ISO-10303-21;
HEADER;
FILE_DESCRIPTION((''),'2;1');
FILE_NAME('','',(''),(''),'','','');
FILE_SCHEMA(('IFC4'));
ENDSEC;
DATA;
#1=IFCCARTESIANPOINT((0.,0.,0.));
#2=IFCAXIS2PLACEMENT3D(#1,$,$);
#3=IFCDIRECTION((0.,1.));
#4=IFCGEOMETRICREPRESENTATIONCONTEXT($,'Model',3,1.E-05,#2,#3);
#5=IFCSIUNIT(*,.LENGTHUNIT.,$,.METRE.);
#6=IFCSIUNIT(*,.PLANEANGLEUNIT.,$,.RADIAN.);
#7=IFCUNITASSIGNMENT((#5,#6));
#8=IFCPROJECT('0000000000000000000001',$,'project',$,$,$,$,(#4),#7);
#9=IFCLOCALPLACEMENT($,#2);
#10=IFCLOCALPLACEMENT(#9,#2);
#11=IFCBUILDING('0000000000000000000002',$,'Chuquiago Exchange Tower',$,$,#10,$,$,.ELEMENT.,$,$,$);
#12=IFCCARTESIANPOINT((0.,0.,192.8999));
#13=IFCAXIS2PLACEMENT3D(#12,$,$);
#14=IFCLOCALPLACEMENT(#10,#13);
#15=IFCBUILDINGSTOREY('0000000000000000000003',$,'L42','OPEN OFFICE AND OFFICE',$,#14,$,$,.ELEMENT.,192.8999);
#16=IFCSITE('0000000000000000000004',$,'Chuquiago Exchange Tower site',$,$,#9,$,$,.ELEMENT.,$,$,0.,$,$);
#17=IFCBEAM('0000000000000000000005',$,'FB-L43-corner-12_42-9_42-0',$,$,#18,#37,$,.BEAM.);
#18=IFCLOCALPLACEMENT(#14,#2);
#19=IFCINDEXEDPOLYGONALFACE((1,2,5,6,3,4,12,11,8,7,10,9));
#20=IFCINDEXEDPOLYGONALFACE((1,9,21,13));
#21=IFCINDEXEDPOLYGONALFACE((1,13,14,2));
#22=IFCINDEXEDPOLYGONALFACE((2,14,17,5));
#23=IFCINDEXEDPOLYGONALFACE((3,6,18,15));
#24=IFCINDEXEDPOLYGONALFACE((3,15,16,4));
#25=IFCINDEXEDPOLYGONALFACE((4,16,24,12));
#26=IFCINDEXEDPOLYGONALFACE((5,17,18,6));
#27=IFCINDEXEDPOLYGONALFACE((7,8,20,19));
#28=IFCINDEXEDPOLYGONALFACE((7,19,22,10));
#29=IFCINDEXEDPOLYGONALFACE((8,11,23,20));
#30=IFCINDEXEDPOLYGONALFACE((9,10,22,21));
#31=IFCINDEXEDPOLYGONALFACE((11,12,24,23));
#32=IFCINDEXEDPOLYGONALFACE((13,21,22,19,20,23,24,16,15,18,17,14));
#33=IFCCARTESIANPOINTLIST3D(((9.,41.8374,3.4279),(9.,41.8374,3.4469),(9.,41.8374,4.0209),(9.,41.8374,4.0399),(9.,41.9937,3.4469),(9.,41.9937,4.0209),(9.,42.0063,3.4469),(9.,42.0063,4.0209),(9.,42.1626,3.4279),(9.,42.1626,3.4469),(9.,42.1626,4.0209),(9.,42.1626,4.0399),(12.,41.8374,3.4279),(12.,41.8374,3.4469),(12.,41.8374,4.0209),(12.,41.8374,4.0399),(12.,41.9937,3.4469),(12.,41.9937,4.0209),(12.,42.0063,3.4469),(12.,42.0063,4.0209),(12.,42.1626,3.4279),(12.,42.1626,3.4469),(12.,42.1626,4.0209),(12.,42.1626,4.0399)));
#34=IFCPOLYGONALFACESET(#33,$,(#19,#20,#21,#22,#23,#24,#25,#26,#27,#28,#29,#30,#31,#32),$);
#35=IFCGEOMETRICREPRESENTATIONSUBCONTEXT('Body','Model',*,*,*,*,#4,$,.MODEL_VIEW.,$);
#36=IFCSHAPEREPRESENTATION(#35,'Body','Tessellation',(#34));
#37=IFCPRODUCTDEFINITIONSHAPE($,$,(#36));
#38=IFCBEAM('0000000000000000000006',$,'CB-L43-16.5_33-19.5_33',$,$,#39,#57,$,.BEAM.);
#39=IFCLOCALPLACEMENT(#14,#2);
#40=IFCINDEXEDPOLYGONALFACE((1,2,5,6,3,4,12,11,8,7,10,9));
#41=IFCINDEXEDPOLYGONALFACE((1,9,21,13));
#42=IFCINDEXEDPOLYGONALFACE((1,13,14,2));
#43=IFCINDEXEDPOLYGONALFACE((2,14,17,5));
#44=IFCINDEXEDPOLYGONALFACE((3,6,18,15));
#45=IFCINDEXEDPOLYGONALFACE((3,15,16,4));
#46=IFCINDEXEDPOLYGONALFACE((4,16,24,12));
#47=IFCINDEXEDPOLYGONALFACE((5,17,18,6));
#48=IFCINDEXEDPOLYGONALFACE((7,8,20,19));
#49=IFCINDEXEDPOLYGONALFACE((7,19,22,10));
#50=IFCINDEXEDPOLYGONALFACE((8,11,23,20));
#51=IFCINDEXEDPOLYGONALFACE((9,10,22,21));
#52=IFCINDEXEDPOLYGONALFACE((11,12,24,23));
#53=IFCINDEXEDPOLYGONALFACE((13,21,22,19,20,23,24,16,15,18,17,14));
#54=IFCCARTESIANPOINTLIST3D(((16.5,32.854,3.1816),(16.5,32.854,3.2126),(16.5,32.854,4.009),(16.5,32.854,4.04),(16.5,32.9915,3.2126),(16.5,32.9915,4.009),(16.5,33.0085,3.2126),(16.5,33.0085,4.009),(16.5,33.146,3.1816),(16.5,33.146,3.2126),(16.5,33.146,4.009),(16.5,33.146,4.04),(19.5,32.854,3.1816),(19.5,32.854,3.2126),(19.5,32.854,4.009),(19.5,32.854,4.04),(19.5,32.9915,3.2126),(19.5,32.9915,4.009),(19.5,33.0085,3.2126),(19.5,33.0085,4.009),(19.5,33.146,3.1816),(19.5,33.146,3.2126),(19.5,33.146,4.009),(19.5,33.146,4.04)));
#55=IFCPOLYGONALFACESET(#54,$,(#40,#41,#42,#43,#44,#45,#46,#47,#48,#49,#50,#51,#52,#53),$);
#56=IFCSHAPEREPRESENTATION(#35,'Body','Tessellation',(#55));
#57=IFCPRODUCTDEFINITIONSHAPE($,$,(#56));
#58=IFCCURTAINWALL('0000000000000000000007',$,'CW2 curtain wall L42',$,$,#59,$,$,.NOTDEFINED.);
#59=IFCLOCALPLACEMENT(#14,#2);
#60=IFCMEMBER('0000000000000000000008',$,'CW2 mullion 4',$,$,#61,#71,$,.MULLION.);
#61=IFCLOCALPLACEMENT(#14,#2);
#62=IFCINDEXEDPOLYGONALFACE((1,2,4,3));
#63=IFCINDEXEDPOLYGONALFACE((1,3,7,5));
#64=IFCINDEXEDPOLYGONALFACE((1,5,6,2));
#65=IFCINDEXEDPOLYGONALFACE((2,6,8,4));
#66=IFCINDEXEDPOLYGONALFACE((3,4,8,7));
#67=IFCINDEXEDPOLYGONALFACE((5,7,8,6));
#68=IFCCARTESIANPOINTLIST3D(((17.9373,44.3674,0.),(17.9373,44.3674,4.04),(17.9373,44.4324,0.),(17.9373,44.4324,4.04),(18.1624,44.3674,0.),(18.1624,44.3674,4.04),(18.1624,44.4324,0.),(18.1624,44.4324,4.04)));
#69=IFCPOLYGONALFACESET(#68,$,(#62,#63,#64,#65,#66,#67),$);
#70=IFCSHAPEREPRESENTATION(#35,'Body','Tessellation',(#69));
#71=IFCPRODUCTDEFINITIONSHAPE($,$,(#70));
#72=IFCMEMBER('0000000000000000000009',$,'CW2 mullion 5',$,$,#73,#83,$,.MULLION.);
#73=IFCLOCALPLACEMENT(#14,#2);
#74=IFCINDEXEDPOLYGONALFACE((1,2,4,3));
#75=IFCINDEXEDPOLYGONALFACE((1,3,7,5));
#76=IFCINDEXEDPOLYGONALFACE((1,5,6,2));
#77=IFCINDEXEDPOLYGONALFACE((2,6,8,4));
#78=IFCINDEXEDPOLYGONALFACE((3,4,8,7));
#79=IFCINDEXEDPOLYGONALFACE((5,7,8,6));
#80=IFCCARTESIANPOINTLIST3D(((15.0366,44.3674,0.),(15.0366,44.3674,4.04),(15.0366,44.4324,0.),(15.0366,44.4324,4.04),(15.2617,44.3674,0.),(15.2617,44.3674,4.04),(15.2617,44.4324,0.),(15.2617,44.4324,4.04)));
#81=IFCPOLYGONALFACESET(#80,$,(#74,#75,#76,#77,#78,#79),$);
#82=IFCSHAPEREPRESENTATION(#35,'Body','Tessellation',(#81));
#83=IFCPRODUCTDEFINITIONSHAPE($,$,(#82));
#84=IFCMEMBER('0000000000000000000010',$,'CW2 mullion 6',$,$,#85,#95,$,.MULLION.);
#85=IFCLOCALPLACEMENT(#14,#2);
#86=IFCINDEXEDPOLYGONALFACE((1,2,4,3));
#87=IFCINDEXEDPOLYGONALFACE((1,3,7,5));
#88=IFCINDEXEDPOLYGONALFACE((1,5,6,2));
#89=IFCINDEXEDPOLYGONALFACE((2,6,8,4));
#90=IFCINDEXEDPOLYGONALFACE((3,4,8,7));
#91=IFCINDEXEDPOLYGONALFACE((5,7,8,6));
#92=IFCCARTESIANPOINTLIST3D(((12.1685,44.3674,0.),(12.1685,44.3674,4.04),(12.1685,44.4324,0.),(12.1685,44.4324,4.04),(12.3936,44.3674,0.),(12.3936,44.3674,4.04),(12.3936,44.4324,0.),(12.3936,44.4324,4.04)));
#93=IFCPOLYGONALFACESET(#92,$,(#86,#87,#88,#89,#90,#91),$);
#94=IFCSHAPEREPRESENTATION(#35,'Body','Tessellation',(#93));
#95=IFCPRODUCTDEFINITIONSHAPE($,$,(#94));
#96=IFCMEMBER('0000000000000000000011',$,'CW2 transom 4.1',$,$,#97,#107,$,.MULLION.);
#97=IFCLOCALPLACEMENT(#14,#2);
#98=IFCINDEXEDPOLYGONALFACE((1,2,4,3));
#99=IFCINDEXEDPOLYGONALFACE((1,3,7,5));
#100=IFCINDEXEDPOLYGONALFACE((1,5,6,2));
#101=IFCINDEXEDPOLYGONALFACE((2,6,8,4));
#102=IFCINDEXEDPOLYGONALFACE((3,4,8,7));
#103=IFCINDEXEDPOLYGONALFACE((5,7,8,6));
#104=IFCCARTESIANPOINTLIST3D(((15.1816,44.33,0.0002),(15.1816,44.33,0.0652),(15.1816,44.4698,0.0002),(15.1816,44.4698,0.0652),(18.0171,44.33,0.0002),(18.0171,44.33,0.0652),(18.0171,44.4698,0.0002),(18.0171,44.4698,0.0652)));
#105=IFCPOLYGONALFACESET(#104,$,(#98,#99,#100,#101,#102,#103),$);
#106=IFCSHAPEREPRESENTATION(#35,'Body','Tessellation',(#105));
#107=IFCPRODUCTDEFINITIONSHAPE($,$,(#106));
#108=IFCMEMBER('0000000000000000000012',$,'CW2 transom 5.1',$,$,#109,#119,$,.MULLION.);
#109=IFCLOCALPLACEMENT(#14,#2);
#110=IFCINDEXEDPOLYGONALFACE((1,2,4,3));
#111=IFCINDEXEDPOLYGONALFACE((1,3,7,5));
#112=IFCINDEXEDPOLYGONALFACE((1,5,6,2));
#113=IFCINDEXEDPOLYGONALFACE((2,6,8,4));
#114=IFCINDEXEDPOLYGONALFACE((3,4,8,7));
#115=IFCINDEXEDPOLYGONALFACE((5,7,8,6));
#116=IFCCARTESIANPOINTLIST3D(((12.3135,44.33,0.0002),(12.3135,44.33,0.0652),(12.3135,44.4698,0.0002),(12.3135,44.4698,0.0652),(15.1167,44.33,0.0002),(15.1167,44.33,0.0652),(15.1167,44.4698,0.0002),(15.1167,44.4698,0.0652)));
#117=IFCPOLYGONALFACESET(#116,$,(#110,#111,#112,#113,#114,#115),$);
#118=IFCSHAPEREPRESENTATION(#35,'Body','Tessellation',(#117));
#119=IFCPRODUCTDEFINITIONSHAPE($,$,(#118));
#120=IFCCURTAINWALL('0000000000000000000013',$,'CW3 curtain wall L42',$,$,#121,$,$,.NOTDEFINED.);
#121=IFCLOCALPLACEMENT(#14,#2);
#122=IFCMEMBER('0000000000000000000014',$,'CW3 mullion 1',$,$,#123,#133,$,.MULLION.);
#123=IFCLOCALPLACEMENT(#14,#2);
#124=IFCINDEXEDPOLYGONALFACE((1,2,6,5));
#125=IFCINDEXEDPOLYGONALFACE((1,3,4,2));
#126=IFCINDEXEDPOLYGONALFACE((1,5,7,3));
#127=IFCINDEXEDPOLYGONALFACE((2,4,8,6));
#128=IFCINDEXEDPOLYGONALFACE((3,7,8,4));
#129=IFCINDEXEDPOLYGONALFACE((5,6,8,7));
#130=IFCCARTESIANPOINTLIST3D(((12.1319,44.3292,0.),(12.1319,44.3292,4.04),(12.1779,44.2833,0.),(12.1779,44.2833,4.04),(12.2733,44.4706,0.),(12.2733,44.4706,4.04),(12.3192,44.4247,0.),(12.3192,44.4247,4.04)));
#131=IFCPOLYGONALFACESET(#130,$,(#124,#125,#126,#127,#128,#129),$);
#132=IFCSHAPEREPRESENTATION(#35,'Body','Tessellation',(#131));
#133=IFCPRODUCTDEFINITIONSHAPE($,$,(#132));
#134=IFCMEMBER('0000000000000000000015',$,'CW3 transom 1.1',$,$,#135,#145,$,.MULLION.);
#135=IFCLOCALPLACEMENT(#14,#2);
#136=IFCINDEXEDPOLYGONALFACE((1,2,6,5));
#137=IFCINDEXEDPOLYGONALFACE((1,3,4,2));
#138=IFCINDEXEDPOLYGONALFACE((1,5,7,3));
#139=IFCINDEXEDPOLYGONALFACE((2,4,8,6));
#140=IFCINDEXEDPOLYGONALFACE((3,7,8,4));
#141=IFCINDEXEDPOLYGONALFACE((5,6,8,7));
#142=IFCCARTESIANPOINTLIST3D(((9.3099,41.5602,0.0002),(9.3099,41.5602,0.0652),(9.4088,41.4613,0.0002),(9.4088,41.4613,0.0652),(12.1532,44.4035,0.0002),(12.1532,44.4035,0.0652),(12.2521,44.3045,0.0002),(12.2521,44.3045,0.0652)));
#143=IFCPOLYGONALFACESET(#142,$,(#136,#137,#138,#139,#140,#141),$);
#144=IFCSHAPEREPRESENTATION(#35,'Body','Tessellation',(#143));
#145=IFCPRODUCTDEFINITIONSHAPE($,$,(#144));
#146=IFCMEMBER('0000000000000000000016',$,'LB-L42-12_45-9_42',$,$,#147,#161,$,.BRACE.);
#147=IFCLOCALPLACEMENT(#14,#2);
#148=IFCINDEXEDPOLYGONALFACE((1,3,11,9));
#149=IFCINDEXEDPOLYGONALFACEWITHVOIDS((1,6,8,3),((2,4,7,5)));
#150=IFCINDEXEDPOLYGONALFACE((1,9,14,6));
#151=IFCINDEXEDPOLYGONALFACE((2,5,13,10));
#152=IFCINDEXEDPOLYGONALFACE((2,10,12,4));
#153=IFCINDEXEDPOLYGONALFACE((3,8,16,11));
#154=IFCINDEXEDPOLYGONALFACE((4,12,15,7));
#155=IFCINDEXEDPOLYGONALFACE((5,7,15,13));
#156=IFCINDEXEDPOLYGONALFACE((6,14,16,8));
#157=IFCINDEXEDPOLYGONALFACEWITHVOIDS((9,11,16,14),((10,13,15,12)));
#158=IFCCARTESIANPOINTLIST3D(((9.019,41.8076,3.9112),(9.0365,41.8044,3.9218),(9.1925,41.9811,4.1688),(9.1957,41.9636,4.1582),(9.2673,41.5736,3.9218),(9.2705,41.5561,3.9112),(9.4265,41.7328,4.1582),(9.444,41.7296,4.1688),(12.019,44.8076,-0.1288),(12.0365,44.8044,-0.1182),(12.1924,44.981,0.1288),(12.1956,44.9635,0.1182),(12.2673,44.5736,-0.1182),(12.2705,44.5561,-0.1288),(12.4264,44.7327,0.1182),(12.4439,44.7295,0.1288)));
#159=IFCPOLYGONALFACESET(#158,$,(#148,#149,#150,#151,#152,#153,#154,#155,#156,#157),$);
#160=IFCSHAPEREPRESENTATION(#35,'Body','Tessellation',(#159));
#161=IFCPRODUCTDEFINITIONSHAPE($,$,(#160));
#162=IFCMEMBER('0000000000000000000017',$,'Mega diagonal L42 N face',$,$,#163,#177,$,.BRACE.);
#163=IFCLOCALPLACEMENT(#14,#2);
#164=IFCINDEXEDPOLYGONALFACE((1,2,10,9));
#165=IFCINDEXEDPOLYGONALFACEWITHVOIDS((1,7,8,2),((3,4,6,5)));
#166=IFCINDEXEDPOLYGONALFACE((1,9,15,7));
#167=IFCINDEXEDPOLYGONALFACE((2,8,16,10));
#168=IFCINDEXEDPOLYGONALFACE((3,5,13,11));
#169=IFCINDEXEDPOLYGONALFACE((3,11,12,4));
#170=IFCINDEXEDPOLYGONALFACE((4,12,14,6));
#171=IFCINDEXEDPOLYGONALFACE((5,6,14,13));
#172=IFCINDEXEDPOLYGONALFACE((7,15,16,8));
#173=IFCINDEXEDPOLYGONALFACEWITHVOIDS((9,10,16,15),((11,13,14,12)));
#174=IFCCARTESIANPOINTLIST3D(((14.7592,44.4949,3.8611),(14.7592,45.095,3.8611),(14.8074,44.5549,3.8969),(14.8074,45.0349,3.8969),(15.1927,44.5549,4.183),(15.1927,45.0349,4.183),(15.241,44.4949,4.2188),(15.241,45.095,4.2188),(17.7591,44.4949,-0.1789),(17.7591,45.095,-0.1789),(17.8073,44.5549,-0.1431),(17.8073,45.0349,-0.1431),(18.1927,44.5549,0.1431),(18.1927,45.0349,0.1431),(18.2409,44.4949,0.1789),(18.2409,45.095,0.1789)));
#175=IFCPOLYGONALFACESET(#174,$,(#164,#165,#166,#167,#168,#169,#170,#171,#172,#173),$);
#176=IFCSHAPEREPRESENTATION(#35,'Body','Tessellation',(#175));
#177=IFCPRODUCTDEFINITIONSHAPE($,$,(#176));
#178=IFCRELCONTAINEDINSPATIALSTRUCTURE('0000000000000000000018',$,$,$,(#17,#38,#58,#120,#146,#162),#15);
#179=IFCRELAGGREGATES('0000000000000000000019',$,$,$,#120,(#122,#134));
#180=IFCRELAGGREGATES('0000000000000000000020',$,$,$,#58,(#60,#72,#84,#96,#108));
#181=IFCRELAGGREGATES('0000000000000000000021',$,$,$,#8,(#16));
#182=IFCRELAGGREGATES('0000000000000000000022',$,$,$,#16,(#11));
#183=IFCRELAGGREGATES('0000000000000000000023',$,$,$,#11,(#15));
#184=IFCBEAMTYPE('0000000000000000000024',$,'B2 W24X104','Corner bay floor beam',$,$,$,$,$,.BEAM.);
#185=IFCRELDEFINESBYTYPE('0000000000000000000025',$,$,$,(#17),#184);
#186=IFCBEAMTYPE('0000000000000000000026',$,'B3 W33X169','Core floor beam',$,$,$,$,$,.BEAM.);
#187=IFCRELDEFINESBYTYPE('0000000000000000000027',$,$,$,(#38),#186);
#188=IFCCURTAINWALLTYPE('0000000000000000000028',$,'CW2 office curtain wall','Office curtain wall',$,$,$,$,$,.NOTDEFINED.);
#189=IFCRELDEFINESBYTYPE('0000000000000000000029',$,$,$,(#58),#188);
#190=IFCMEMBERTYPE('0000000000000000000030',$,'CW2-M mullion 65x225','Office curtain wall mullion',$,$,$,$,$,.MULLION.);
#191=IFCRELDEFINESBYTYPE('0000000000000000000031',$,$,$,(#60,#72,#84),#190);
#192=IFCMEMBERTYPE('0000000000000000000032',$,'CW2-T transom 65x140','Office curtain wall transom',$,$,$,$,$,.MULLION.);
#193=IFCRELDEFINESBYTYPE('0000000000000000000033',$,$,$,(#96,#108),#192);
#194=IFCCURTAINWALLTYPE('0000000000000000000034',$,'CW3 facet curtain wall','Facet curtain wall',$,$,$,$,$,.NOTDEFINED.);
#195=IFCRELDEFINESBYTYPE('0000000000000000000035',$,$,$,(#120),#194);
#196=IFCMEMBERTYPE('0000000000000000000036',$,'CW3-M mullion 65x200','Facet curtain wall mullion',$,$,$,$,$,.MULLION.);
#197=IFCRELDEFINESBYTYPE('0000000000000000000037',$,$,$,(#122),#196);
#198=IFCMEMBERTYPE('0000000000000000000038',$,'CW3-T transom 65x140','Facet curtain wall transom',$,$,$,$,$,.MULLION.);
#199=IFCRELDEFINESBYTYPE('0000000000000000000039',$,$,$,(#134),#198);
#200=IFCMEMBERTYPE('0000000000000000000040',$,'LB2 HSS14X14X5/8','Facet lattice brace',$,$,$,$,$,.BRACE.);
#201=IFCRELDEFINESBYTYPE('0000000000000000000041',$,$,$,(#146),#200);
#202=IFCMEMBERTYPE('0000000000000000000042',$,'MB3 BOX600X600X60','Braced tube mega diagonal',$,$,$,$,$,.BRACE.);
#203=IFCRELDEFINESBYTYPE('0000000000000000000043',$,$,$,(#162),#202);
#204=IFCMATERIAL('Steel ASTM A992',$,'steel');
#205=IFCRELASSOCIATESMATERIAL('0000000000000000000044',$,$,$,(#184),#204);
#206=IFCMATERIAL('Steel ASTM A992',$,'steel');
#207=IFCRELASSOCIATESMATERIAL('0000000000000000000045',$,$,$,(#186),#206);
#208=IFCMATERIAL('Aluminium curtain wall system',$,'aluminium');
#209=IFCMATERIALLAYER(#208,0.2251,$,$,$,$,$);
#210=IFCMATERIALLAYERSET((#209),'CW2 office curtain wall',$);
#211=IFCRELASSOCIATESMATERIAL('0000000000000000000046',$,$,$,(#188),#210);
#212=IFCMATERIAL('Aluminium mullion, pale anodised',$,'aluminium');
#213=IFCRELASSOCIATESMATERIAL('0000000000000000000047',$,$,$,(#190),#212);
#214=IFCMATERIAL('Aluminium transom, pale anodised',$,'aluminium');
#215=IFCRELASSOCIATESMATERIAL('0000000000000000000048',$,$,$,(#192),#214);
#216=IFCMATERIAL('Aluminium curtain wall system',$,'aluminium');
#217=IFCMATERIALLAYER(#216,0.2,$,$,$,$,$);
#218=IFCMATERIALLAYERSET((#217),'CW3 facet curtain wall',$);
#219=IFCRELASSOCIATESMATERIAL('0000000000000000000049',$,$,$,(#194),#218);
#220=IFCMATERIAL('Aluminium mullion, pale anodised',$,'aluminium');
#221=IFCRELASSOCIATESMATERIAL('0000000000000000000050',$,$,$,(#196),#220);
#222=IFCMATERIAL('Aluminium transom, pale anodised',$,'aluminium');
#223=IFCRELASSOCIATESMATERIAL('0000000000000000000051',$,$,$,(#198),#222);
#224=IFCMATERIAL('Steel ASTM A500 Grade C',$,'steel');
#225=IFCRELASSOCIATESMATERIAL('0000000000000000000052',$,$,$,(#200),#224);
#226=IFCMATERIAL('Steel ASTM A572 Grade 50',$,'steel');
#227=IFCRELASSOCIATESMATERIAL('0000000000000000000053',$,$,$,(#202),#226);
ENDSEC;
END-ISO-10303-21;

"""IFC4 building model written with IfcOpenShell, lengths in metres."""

from ifc_helpers import new_model, si_unit, direction, frame, origin, origin_2d, place, context, subcontext, project, spatial, rectangle, hollow_rectangle, i_section, extrude, material, layer, layer_set, material_profile, profile_set, type_object, element, aggregate, save


model = new_model("IFC4")

# Units and contexts
model_context = context("Model", 3, precision=1e-05, world=origin(), true_north=direction((0.0, 1.0)))
body_context = subcontext(model_context, "Body", "Model", "MODEL_VIEW")
ifc_project = project(units=[si_unit("LENGTHUNIT", "METRE"), si_unit("PLANEANGLEUNIT", "RADIAN")], contexts=[model_context])

# Site, building, storey
site_placement = place(None, origin())
site = spatial("IfcSite", under=ifc_project, at=site_placement, Name="Chuquiago Exchange Tower site", CompositionType="ELEMENT", RefElevation=0.0)
building_placement = place(site_placement, origin())
building = spatial("IfcBuilding", under=site, at=building_placement, Name="Chuquiago Exchange Tower", CompositionType="ELEMENT")
storey_placement = place(building_placement, frame((0.0, 0.0, 192.8999)))
storey = spatial("IfcBuildingStorey", under=building, at=storey_placement, Name="L42", Description="OPEN OFFICE AND OFFICE", CompositionType="ELEMENT", Elevation=192.8999)

# Beams
ifc_material_1 = material(Name="Steel ASTM A992", Category="steel")
ifc_material_profile_1 = material_profile(ifc_material_1, i_section(OverallWidth=0.3252, OverallDepth=0.6121, WebThickness=0.0127, FlangeThickness=0.019, at=origin_2d()), Name="W24X104")
ifc_profile_set_1 = profile_set([ifc_material_profile_1], Name="Steel ASTM A992")
beam_type_1 = type_object("IfcBeamType", Name="B2 W24X104", Description="Corner bay floor beam", PredefinedType="BEAM", material=ifc_profile_set_1)
beam_1_placement = place(storey_placement, frame((12.0, 42.0, 3.7339), z_axis=(-1.0, 0.0, 0.0), x_axis=(0.0, -1.0, 0.0)))
element("IfcBeam", 1, at=beam_1_placement, inside=storey, type_object=beam_type_1, Name="FB-L43-corner-12_42-9_42-0", PredefinedType="BEAM", context=body_context, shape_type="SweptSolid", body=[
    extrude(i_section(OverallWidth=0.3252, OverallDepth=0.6121, WebThickness=0.0127, FlangeThickness=0.019, at=origin_2d()), origin(), (0.0, 0.0, 1.0), 3.0),
])
ifc_material_2 = material(Name="Steel ASTM A992", Category="steel")
ifc_material_profile_2 = material_profile(ifc_material_2, i_section(OverallWidth=0.292, OverallDepth=0.8584, WebThickness=0.0171, FlangeThickness=0.031, at=origin_2d()), Name="W33X169")
ifc_profile_set_2 = profile_set([ifc_material_profile_2], Name="Steel ASTM A992")
beam_type_2 = type_object("IfcBeamType", Name="B3 W33X169", Description="Core floor beam", PredefinedType="BEAM", material=ifc_profile_set_2)
beam_2_placement = place(storey_placement, frame((16.5, 33.0, 3.6108), z_axis=(1.0, 0.0, 0.0), x_axis=(0.0, 1.0, 0.0)))
element("IfcBeam", 2, at=beam_2_placement, inside=storey, type_object=beam_type_2, Name="CB-L43-16.5_33-19.5_33", PredefinedType="BEAM", context=body_context, shape_type="SweptSolid", body=[
    extrude(i_section(OverallWidth=0.292, OverallDepth=0.8584, WebThickness=0.0171, FlangeThickness=0.031, at=origin_2d()), origin(), (0.0, 0.0, 1.0), 3.0),
])

# Curtain walls, members
ifc_material_3 = material(Name="Aluminium curtain wall system", Category="aluminium")
ifc_layer_1 = layer(ifc_material_3, 0.2251)
ifc_layer_set_1 = layer_set([ifc_layer_1], Name="CW2 office curtain wall")
curtain_wall_type_1 = type_object("IfcCurtainWallType", Name="CW2 office curtain wall", Description="Office curtain wall", PredefinedType="NOTDEFINED", material=ifc_layer_set_1)
curtain_wall_1_placement = place(storey_placement, origin())
curtain_wall_1 = element("IfcCurtainWall", 3, at=curtain_wall_1_placement, inside=storey, type_object=curtain_wall_type_1, Name="CW2 curtain wall L42", PredefinedType="NOTDEFINED")
ifc_material_4 = material(Name="Aluminium mullion, pale anodised", Category="aluminium")
ifc_material_profile_3 = material_profile(ifc_material_4, rectangle(XDim=0.0649, YDim=0.2251, at=origin_2d()), Name="AL 65x225")
ifc_profile_set_3 = profile_set([ifc_material_profile_3], Name="Aluminium mullion, pale anodised")
member_type_1 = type_object("IfcMemberType", Name="CW2-M mullion 65x225", Description="Office curtain wall mullion", PredefinedType="MULLION", material=ifc_profile_set_3)
member_1_placement = place(storey_placement, frame((18.0498, 44.3999, 0.0), z_axis=(0.0, 0.0, 1.0), x_axis=(0.0, -1.0, 0.0)))
member_1 = element("IfcMember", 4, at=member_1_placement, type_object=member_type_1, Name="CW2 mullion 4", PredefinedType="MULLION", context=body_context, shape_type="SweptSolid", body=[
    extrude(rectangle(XDim=0.0649, YDim=0.2251, at=origin_2d()), origin(), (0.0, 0.0, 1.0), 4.04),
])
member_2_placement = place(storey_placement, frame((15.1492, 44.3999, 0.0), z_axis=(0.0, 0.0, 1.0), x_axis=(0.0, -1.0, 0.0)))
member_2 = element("IfcMember", 5, at=member_2_placement, type_object=member_type_1, Name="CW2 mullion 5", PredefinedType="MULLION", context=body_context, shape_type="SweptSolid", body=[
    extrude(rectangle(XDim=0.0649, YDim=0.2251, at=origin_2d()), origin(), (0.0, 0.0, 1.0), 4.04),
])
member_3_placement = place(storey_placement, frame((12.281, 44.3999, 0.0), z_axis=(0.0, 0.0, 1.0), x_axis=(0.0, -1.0, 0.0)))
member_3 = element("IfcMember", 6, at=member_3_placement, type_object=member_type_1, Name="CW2 mullion 6", PredefinedType="MULLION", context=body_context, shape_type="SweptSolid", body=[
    extrude(rectangle(XDim=0.0649, YDim=0.2251, at=origin_2d()), origin(), (0.0, 0.0, 1.0), 4.04),
])
ifc_material_5 = material(Name="Aluminium transom, pale anodised", Category="aluminium")
ifc_material_profile_4 = material_profile(ifc_material_5, rectangle(XDim=0.1399, YDim=0.0649, at=origin_2d()), Name="AL 140x65")
ifc_profile_set_4 = profile_set([ifc_material_profile_4], Name="Aluminium transom, pale anodised")
member_type_2 = type_object("IfcMemberType", Name="CW2-T transom 65x140", Description="Office curtain wall transom", PredefinedType="MULLION", material=ifc_profile_set_4)
member_4_placement = place(storey_placement, frame((18.0171, 44.3999, 0.0327), z_axis=(-1.0, 0.0, 0.0), x_axis=(0.0, -1.0, 0.0)))
member_4 = element("IfcMember", 7, at=member_4_placement, type_object=member_type_2, Name="CW2 transom 4.1", PredefinedType="MULLION", context=body_context, shape_type="SweptSolid", body=[
    extrude(rectangle(XDim=0.1399, YDim=0.0649, at=origin_2d()), origin(), (0.0, 0.0, 1.0), 2.8354),
])
member_5_placement = place(storey_placement, frame((15.1167, 44.3999, 0.0327), z_axis=(-1.0, 0.0, 0.0), x_axis=(0.0, -1.0, 0.0)))
member_5 = element("IfcMember", 8, at=member_5_placement, type_object=member_type_2, Name="CW2 transom 5.1", PredefinedType="MULLION", context=body_context, shape_type="SweptSolid", body=[
    extrude(rectangle(XDim=0.1399, YDim=0.0649, at=origin_2d()), origin(), (0.0, 0.0, 1.0), 2.8032),
])
ifc_material_6 = material(Name="Aluminium curtain wall system", Category="aluminium")
ifc_layer_2 = layer(ifc_material_6, 0.2)
ifc_layer_set_2 = layer_set([ifc_layer_2], Name="CW3 facet curtain wall")
curtain_wall_type_2 = type_object("IfcCurtainWallType", Name="CW3 facet curtain wall", Description="Facet curtain wall", PredefinedType="NOTDEFINED", material=ifc_layer_set_2)
curtain_wall_2_placement = place(storey_placement, origin())
curtain_wall_2 = element("IfcCurtainWall", 9, at=curtain_wall_2_placement, inside=storey, type_object=curtain_wall_type_2, Name="CW3 curtain wall L42", PredefinedType="NOTDEFINED")
ifc_material_7 = material(Name="Aluminium mullion, pale anodised", Category="aluminium")
ifc_material_profile_5 = material_profile(ifc_material_7, rectangle(XDim=0.0649, YDim=0.2, at=origin_2d()), Name="AL 65x200")
ifc_profile_set_5 = profile_set([ifc_material_profile_5], Name="Aluminium mullion, pale anodised")
member_type_3 = type_object("IfcMemberType", Name="CW3-M mullion 65x200", Description="Facet curtain wall mullion", PredefinedType="MULLION", material=ifc_profile_set_5)
member_6_placement = place(storey_placement, frame((12.2256, 44.377, 0.0), z_axis=(0.0, 0.0, 1.0), x_axis=(0.707107, -0.707107, 0.0)))
member_6 = element("IfcMember", 10, at=member_6_placement, type_object=member_type_3, Name="CW3 mullion 1", PredefinedType="MULLION", context=body_context, shape_type="SweptSolid", body=[
    extrude(rectangle(XDim=0.0649, YDim=0.2, at=origin_2d()), origin(), (0.0, 0.0, 1.0), 4.04),
])
ifc_material_8 = material(Name="Aluminium transom, pale anodised", Category="aluminium")
ifc_material_profile_6 = material_profile(ifc_material_8, rectangle(XDim=0.1399, YDim=0.0649, at=origin_2d()), Name="AL 140x65")
ifc_profile_set_6 = profile_set([ifc_material_profile_6], Name="Aluminium transom, pale anodised")
member_type_4 = type_object("IfcMemberType", Name="CW3-T transom 65x140", Description="Facet curtain wall transom", PredefinedType="MULLION", material=ifc_profile_set_6)
member_7_placement = place(storey_placement, frame((12.2026, 44.354, 0.0327), z_axis=(-0.707107, -0.707107, 0.0), x_axis=(0.707107, -0.707107, 0.0)))
member_7 = element("IfcMember", 11, at=member_7_placement, type_object=member_type_4, Name="CW3 transom 1.1", PredefinedType="MULLION", context=body_context, shape_type="SweptSolid", body=[
    extrude(rectangle(XDim=0.1399, YDim=0.0649, at=origin_2d()), origin(), (0.0, 0.0, 1.0), 4.021),
])
aggregate(curtain_wall_2, [member_6, member_7])

# Members
ifc_material_9 = material(Name="Steel ASTM A500 Grade C", Category="steel")
ifc_material_profile_7 = material_profile(ifc_material_9, hollow_rectangle(XDim=0.3557, YDim=0.3557, WallThickness=0.0146, at=origin_2d()), Name="HSS14X14X5/8")
ifc_profile_set_7 = profile_set([ifc_material_profile_7], Name="Steel ASTM A500 Grade C")
member_type_5 = type_object("IfcMemberType", Name="LB2 HSS14X14X5/8", Description="Facet lattice brace", PredefinedType="BRACE", material=ifc_profile_set_7)
member_8_placement = place(storey_placement, frame((12.2314, 44.7686, 0.0), z_axis=(-0.512077, -0.512077, 0.689604), x_axis=(0.707107, -0.707107, 0.0)))
element("IfcMember", 12, at=member_8_placement, inside=storey, type_object=member_type_5, Name="LB-L42-12_45-9_42", PredefinedType="BRACE", context=body_context, shape_type="SweptSolid", body=[
    extrude(hollow_rectangle(XDim=0.3557, YDim=0.3557, WallThickness=0.0146, at=origin_2d()), origin(), (0.0, 0.0, 1.0), 5.8584),
])
ifc_material_10 = material(Name="Steel ASTM A572 Grade 50", Category="steel")
ifc_material_profile_8 = material_profile(ifc_material_10, hollow_rectangle(XDim=0.6001, YDim=0.6001, WallThickness=0.0601, at=origin_2d()), Name="BOX600X600X60")
ifc_profile_set_8 = profile_set([ifc_material_profile_8], Name="Steel ASTM A572 Grade 50")
member_type_6 = type_object("IfcMemberType", Name="MB3 BOX600X600X60", Description="Braced tube mega diagonal", PredefinedType="BRACE", material=ifc_profile_set_8)
for number, where, z_axis, x_axis, name in (
    (13, (18.0, 44.7949, 0.0), (-0.596174, 0.0, 0.802855), (0.0, -1.0, 0.0), "Mega diagonal L42 N face"),
):
    element("IfcMember", number, at=place(storey_placement, frame(where, z_axis=z_axis, x_axis=x_axis)), inside=storey, type_object=member_type_6, Name=name, PredefinedType="BRACE", context=body_context, shape_type="SweptSolid", body=[
        extrude(hollow_rectangle(XDim=0.6001, YDim=0.6001, WallThickness=0.0601, at=origin_2d()), origin(), (0.0, 0.0, 1.0), 5.032),
    ])

aggregate(curtain_wall_1, [member_1, member_2, member_3, member_4, member_5])

save(model, "model.ifc")
